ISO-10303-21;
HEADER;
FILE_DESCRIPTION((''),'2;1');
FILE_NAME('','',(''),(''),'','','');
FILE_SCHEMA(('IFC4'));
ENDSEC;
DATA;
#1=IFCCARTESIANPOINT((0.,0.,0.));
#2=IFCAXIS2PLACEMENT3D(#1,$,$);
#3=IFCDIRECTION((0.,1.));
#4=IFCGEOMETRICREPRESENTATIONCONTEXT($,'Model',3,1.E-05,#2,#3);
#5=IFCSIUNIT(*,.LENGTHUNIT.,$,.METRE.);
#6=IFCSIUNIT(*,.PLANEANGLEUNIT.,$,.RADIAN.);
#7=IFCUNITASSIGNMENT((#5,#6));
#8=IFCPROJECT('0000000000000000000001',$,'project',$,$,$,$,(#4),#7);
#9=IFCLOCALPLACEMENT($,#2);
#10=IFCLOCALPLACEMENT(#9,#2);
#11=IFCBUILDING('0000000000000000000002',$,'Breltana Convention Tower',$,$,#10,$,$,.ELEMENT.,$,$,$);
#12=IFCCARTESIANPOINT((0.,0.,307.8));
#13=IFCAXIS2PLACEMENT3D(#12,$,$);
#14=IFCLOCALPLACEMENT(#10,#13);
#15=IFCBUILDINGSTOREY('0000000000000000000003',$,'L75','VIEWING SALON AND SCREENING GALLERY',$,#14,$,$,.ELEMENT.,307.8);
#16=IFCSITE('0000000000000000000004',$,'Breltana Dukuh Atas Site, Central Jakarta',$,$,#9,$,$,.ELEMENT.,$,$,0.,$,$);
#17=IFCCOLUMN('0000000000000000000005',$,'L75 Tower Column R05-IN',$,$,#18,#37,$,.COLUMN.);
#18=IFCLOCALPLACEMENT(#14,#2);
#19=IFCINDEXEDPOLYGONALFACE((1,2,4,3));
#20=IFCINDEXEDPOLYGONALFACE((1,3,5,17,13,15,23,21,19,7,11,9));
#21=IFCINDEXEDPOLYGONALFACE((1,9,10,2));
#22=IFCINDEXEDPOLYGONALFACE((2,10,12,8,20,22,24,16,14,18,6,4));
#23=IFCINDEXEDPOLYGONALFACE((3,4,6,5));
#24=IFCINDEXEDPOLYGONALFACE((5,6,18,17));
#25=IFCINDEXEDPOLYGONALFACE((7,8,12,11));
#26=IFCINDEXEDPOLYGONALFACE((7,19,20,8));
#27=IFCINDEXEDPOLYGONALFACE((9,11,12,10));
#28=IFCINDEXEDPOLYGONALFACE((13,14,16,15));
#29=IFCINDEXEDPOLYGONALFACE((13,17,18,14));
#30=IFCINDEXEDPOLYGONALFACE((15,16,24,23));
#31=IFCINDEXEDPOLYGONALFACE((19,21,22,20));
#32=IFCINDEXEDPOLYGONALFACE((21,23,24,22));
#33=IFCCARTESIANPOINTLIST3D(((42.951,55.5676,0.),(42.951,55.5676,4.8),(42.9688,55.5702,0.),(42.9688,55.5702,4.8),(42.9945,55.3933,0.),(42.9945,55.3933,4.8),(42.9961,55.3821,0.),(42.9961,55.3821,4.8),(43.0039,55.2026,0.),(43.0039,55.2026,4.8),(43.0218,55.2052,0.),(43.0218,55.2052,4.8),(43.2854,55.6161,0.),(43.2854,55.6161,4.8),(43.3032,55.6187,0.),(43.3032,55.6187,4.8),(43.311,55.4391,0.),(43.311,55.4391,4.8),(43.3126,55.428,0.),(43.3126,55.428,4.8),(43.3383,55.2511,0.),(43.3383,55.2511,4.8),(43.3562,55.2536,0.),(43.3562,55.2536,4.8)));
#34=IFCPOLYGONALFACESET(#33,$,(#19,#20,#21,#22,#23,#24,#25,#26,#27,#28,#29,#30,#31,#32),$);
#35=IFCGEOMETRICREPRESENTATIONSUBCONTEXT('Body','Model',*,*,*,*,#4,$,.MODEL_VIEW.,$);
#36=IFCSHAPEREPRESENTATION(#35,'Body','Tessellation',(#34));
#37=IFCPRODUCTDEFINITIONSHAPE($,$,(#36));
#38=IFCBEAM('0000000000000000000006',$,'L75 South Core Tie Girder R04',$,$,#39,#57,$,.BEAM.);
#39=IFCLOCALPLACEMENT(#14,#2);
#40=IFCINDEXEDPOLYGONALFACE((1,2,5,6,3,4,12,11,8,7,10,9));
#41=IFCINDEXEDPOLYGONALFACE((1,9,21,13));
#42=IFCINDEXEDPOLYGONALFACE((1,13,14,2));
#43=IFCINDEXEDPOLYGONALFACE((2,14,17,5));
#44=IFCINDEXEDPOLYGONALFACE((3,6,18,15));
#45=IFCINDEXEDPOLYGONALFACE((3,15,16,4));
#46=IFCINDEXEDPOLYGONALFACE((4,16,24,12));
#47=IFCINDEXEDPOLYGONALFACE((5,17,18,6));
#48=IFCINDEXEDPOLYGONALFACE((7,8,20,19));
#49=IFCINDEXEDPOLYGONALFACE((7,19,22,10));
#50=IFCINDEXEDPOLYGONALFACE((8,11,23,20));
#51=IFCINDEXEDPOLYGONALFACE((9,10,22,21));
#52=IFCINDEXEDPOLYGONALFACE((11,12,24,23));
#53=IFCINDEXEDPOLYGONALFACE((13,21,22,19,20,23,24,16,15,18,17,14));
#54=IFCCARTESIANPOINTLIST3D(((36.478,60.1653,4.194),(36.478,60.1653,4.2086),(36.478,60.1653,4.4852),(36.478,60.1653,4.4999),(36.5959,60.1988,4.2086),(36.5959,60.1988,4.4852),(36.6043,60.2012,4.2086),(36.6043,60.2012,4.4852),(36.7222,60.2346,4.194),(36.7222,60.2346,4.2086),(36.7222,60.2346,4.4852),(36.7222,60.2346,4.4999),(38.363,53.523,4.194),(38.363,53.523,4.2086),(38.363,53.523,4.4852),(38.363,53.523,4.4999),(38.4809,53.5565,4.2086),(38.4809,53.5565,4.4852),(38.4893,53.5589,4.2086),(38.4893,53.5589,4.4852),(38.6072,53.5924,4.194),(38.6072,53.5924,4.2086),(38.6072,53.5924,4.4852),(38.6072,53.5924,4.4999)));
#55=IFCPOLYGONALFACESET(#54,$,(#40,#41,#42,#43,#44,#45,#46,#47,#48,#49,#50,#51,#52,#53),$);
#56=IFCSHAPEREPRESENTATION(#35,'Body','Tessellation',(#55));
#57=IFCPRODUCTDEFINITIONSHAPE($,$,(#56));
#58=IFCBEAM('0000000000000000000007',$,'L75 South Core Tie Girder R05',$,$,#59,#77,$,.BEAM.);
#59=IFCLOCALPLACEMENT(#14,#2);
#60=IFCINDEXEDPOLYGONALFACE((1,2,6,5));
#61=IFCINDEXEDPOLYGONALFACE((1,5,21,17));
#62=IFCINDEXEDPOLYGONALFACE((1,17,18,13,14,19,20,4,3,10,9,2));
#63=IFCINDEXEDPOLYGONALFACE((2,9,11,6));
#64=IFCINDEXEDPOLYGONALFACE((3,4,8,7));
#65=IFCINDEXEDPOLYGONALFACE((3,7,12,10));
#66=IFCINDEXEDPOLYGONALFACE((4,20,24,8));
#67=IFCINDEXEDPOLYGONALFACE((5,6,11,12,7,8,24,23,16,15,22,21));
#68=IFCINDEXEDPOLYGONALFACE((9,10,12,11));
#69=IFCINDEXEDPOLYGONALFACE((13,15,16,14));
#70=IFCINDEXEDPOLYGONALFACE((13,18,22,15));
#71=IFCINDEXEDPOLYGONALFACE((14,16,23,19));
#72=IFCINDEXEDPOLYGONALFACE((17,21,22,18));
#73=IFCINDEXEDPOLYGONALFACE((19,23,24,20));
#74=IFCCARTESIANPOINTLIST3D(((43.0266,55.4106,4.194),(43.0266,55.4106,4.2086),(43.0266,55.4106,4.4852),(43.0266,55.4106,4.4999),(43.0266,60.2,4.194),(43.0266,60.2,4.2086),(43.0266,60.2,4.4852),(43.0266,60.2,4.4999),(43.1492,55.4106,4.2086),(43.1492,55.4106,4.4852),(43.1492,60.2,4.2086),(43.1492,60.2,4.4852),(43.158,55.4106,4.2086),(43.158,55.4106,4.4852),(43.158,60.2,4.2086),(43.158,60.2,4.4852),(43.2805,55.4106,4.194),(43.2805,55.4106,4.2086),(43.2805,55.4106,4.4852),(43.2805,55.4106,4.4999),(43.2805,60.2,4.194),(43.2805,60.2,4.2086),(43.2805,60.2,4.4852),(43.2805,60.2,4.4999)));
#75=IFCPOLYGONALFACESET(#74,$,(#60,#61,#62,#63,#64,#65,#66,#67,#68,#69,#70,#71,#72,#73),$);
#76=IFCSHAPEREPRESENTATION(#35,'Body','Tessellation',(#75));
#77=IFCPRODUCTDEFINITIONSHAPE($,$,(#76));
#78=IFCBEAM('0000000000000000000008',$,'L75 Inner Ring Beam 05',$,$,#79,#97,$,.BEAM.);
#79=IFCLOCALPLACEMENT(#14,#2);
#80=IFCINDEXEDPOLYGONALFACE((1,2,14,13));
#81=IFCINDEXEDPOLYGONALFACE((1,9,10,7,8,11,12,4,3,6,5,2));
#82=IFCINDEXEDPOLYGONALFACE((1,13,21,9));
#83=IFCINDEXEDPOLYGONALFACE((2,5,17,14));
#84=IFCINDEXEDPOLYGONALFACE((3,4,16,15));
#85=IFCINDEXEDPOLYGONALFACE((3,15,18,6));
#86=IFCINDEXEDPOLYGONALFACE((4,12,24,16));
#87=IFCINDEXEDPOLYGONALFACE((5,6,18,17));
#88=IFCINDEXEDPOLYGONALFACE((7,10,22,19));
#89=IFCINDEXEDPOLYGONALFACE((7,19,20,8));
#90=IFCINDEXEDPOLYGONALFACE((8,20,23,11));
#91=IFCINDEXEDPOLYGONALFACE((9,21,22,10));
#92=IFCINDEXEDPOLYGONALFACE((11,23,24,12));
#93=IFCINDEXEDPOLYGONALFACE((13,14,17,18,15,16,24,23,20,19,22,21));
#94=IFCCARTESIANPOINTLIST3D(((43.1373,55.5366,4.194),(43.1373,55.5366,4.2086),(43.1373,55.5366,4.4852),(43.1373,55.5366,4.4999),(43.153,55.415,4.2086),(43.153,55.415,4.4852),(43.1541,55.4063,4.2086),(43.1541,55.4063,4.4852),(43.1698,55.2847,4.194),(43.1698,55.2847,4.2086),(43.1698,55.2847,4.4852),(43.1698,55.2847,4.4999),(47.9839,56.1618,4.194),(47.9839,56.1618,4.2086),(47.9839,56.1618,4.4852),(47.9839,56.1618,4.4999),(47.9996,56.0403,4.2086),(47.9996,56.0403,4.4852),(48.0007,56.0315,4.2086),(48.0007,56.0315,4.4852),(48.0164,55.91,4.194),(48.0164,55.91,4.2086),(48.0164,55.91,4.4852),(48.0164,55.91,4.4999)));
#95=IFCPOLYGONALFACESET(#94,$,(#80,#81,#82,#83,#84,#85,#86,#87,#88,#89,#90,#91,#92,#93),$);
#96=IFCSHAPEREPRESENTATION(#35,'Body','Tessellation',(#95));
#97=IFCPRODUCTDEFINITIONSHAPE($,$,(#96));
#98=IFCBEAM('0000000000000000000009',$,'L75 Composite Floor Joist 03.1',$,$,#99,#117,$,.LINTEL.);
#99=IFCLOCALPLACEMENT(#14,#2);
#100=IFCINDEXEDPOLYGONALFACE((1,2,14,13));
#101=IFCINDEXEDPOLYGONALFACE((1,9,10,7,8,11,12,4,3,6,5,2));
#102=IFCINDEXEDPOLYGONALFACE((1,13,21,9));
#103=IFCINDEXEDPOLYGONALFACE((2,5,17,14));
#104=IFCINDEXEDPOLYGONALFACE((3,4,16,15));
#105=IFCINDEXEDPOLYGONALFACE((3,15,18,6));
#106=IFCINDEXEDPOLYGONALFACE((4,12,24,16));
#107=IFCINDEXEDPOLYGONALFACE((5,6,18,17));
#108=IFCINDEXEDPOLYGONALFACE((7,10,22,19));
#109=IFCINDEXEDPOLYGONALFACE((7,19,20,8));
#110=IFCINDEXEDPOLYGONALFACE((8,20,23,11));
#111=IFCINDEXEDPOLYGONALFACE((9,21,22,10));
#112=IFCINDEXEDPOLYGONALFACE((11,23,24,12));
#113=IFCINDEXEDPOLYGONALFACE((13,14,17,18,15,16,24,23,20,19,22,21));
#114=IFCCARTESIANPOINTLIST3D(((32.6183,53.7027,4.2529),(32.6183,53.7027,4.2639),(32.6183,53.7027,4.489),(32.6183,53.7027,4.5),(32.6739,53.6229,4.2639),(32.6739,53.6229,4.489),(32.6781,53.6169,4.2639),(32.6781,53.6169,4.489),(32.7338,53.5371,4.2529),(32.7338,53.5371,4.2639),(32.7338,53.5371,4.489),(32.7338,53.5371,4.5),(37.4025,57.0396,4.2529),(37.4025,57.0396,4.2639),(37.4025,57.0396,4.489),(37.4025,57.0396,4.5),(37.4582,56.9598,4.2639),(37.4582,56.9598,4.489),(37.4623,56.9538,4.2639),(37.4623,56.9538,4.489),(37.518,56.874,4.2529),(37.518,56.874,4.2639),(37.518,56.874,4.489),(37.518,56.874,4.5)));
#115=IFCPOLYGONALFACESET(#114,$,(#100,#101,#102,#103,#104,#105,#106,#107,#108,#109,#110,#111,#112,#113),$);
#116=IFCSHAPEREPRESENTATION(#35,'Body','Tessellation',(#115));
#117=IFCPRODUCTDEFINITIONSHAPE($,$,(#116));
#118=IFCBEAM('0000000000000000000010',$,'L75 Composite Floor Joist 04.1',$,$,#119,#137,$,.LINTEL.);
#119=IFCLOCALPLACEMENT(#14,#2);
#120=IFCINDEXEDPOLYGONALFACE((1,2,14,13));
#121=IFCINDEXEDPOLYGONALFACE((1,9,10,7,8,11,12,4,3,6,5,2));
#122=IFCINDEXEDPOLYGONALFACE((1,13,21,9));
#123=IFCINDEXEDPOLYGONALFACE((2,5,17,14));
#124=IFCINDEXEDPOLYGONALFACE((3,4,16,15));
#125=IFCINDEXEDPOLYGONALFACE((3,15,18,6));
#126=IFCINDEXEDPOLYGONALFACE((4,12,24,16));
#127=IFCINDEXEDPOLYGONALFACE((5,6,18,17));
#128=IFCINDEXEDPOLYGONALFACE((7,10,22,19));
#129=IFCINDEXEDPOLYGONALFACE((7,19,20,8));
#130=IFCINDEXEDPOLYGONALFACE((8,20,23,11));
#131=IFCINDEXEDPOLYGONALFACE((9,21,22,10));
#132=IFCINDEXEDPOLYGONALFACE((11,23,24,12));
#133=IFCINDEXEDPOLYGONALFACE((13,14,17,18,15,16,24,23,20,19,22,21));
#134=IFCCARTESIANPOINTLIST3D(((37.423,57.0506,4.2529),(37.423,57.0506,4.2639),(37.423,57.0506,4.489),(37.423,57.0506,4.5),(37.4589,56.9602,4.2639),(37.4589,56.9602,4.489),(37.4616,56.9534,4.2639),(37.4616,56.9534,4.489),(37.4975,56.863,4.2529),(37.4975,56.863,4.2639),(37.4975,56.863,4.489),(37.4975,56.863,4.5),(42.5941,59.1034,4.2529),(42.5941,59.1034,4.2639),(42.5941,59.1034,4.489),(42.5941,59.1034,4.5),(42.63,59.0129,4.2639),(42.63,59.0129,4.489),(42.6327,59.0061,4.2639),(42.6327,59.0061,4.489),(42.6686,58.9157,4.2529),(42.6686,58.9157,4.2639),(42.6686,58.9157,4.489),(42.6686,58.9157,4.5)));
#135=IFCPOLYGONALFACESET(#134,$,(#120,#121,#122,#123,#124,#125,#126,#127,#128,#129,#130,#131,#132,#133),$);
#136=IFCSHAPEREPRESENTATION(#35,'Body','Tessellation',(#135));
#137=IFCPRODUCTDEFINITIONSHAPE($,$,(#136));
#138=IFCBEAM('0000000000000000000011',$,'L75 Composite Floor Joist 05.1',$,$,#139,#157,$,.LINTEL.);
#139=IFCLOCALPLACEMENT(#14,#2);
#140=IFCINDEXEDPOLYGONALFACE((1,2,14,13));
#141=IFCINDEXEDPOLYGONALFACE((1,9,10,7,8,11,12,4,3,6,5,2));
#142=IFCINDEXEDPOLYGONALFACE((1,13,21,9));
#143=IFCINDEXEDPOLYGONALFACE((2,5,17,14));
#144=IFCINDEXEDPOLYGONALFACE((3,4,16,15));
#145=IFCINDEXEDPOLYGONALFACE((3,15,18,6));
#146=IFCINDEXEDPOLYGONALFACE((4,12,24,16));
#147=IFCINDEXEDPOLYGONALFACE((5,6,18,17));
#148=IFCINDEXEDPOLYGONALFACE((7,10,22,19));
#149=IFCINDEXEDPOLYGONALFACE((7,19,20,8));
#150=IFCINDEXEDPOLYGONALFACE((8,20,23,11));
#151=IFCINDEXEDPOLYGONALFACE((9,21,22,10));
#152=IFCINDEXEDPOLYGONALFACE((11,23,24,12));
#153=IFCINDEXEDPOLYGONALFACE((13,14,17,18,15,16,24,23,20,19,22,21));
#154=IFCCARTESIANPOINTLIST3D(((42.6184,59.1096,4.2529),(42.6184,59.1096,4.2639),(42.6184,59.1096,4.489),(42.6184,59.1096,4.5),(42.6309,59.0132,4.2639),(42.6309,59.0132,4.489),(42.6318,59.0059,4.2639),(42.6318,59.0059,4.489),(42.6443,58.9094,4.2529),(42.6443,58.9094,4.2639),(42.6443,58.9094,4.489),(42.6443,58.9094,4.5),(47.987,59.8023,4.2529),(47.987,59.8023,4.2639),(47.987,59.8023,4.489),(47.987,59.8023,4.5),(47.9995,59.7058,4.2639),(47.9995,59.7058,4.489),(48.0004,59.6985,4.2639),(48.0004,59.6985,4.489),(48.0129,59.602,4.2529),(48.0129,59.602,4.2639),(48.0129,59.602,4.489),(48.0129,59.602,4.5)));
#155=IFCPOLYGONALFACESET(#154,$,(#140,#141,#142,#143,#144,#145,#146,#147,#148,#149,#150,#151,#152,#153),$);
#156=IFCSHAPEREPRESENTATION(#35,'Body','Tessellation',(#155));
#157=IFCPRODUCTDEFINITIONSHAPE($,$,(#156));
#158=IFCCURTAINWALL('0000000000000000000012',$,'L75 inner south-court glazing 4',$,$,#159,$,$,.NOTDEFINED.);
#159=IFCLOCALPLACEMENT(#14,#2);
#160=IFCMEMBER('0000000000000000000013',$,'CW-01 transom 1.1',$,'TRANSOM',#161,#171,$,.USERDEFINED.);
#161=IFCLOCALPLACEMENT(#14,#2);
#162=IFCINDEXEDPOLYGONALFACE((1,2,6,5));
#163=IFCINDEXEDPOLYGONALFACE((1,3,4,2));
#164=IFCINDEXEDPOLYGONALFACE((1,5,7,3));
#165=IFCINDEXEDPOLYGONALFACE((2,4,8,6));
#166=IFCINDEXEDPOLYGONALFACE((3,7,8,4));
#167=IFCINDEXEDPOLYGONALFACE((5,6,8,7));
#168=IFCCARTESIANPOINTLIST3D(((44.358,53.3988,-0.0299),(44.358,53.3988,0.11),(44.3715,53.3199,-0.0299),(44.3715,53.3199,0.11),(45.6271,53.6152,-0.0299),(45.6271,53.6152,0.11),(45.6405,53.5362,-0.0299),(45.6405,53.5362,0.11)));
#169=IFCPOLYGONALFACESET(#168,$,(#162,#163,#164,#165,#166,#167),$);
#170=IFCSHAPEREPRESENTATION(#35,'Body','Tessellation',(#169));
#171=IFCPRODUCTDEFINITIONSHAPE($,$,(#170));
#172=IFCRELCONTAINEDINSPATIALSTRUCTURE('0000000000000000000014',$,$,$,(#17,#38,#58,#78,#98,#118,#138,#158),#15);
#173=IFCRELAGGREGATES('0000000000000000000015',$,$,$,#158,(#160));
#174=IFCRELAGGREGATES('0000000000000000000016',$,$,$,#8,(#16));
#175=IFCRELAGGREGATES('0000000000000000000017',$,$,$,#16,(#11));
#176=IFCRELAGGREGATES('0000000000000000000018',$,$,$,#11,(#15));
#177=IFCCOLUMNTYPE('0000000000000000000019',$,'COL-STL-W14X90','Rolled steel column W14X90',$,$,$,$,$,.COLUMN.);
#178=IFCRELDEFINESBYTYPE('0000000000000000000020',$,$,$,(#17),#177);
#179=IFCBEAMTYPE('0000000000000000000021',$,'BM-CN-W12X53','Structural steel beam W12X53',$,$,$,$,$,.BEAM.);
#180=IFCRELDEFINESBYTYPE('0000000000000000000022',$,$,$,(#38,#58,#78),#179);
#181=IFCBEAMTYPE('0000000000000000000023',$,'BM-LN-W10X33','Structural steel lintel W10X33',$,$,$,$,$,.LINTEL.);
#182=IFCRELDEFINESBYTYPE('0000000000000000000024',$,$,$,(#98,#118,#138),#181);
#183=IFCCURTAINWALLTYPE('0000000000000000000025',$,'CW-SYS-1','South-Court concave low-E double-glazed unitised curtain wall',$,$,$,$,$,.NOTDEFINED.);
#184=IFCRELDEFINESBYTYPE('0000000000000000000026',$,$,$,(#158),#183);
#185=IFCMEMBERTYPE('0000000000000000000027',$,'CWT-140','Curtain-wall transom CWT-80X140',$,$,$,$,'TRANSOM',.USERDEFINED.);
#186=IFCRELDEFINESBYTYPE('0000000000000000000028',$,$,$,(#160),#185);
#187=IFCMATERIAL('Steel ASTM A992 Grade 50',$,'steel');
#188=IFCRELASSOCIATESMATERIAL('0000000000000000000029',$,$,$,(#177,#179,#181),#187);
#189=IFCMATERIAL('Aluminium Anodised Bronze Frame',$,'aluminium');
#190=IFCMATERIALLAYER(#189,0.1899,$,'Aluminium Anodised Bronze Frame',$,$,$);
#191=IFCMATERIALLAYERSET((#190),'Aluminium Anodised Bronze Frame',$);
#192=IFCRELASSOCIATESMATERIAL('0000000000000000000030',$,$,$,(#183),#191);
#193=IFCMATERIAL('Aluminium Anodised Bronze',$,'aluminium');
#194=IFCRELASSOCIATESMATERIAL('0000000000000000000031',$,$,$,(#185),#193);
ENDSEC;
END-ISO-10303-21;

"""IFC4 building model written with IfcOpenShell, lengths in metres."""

from ifc_helpers import new_model, si_unit, direction, frame, origin, origin_2d, place, context, subcontext, project, spatial, rectangle, i_section, extrude, source, transform, mapped, material, layer, layer_set, material_profile, profile_set, type_object, type_shapes, element, aggregate, save


model = new_model("IFC4")

# Units and contexts
model_context = context("Model", 3, precision=1e-05, world=origin(), true_north=direction((0.0, 1.0)))
body_context = subcontext(model_context, "Body", "Model", "MODEL_VIEW")
ifc_project = project(units=[si_unit("LENGTHUNIT", "METRE"), si_unit("PLANEANGLEUNIT", "RADIAN")], contexts=[model_context])

# Site, building, storey
site_placement = place(None, origin())
site = spatial("IfcSite", under=ifc_project, at=site_placement, Name="Breltana Dukuh Atas Site, Central Jakarta", CompositionType="ELEMENT", RefElevation=0.0)
building_placement = place(site_placement, origin())
building = spatial("IfcBuilding", under=site, at=building_placement, Name="Breltana Convention Tower", CompositionType="ELEMENT")
storey_placement = place(building_placement, frame((0.0, 0.0, 307.8)))
storey = spatial("IfcBuildingStorey", under=building, at=storey_placement, Name="L75", Description="VIEWING SALON AND SCREENING GALLERY", CompositionType="ELEMENT", Elevation=307.8)

# Column
ifc_material_1 = material(Name="Steel ASTM A992 Grade 50", Category="steel")
ifc_material_profile_1 = material_profile(ifc_material_1, i_section(OverallWidth=0.3689, OverallDepth=0.356, WebThickness=0.0112, FlangeThickness=0.0181, at=origin_2d()), Name="W14X90")
ifc_profile_set_1 = profile_set([ifc_material_profile_1], Name="Steel ASTM A992 Grade 50")
column_type = type_object("IfcColumnType", Name="COL-STL-W14X90", Description="Rolled steel column W14X90", PredefinedType="COLUMN", material=ifc_profile_set_1)
shared_shape_1 = source(origin(), body_context, "Body", "SweptSolid", [
    extrude(i_section(OverallWidth=0.3689, OverallDepth=0.356, WebThickness=0.0112, FlangeThickness=0.0181, at=origin_2d()), origin(), (0.0, 0.0, 1.0), 4.8),
])
type_shapes(column_type, [shared_shape_1])
column_placement = place(storey_placement, frame((43.1536, 55.4106, 0.0), z_axis=(0.0, 0.0, 1.0), x_axis=(-0.143493, 0.989651, 0.0)))
element("IfcColumn", 1, at=column_placement, inside=storey, type_object=column_type, Name="L75 Tower Column R05-IN", PredefinedType="COLUMN", context=body_context, shape_type="MappedRepresentation", body=[
    mapped(shared_shape_1, transform((0.0, 0.0, 0.0), scale=1.0)),
])

# Beams
ifc_material_profile_2 = material_profile(ifc_material_1, i_section(OverallWidth=0.2539, OverallDepth=0.3059, WebThickness=0.0088, FlangeThickness=0.0146, at=origin_2d()), Name="W12X53")
ifc_profile_set_2 = profile_set([ifc_material_profile_2], Name="Steel ASTM A992 Grade 50")
beam_type_1 = type_object("IfcBeamType", Name="BM-CN-W12X53", Description="Structural steel beam W12X53", PredefinedType="BEAM", material=ifc_profile_set_2)
shared_shape_2 = source(origin(), body_context, "Body", "SweptSolid", [
    extrude(i_section(OverallWidth=0.2539, OverallDepth=0.3059, WebThickness=0.0088, FlangeThickness=0.0146, at=origin_2d()), origin(), (0.0, 0.0, 1.0), 6.9045),
])
beam_1_placement = place(storey_placement, frame((36.6001, 60.2, 4.3469), z_axis=(0.273007, -0.962012, 0.0), x_axis=(0.962012, 0.273007, 0.0)))
element("IfcBeam", 2, at=beam_1_placement, inside=storey, type_object=beam_type_1, Name="L75 South Core Tie Girder R04", PredefinedType="BEAM", context=body_context, shape_type="MappedRepresentation", body=[
    mapped(shared_shape_2, transform((0.0, 0.0, 0.0), scale=1.0)),
])
shared_shape_3 = source(origin(), body_context, "Body", "SweptSolid", [
    extrude(i_section(OverallWidth=0.2539, OverallDepth=0.3059, WebThickness=0.0088, FlangeThickness=0.0146, at=origin_2d()), origin(), (0.0, 0.0, 1.0), 4.7893),
])
beam_2_placement = place(storey_placement, frame((43.1536, 60.2, 4.3469), z_axis=(0.0, -1.0, 0.0), x_axis=(1.0, 0.0, 0.0)))
element("IfcBeam", 3, at=beam_2_placement, inside=storey, type_object=beam_type_1, Name="L75 South Core Tie Girder R05", PredefinedType="BEAM", context=body_context, shape_type="MappedRepresentation", body=[
    mapped(shared_shape_3, transform((0.0, 0.0, 0.0), scale=1.0)),
])
shared_shape_4 = source(origin(), body_context, "Body", "SweptSolid", [
    extrude(i_section(OverallWidth=0.2539, OverallDepth=0.3059, WebThickness=0.0088, FlangeThickness=0.0146, at=origin_2d()), origin(), (0.0, 0.0, 1.0), 4.8867),
])
beam_3_placement = place(storey_placement, frame((43.1536, 55.4106, 4.3469), z_axis=(0.991781, 0.127951, 0.0), x_axis=(-0.127951, 0.991781, 0.0)))
element("IfcBeam", 4, at=beam_3_placement, inside=storey, type_object=beam_type_1, Name="L75 Inner Ring Beam 05", PredefinedType="BEAM", context=body_context, shape_type="MappedRepresentation", body=[
    mapped(shared_shape_4, transform((0.0, 0.0, 0.0), scale=1.0)),
])
ifc_material_profile_3 = material_profile(ifc_material_1, i_section(OverallWidth=0.2019, OverallDepth=0.2471, WebThickness=0.0073, FlangeThickness=0.011, at=origin_2d()), Name="W10X33")
ifc_profile_set_3 = profile_set([ifc_material_profile_3], Name="Steel ASTM A992 Grade 50")
beam_type_2 = type_object("IfcBeamType", Name="BM-LN-W10X33", Description="Structural steel lintel W10X33", PredefinedType="LINTEL", material=ifc_profile_set_3)
shared_shape_5 = source(origin(), body_context, "Body", "SweptSolid", [
    extrude(i_section(OverallWidth=0.2019, OverallDepth=0.2471, WebThickness=0.0073, FlangeThickness=0.011, at=origin_2d()), origin(), (0.0, 0.0, 1.0), 5.833),
])
type_shapes(beam_type_2, [shared_shape_5])
beam_4_placement = place(storey_placement, frame((32.676, 53.6199, 4.3765), z_axis=(0.820198, 0.572079, 0.0), x_axis=(-0.572079, 0.820198, 0.0)))
element("IfcBeam", 5, at=beam_4_placement, inside=storey, type_object=beam_type_2, Name="L75 Composite Floor Joist 03.1", PredefinedType="LINTEL", context=body_context, shape_type="MappedRepresentation", body=[
    mapped(shared_shape_5, transform((0.0, 0.0, 0.0), scale=1.0)),
])
shared_shape_6 = source(origin(), body_context, "Body", "SweptSolid", [
    extrude(i_section(OverallWidth=0.2019, OverallDepth=0.2471, WebThickness=0.0073, FlangeThickness=0.011, at=origin_2d()), origin(), (0.0, 0.0, 1.0), 5.5637),
])
beam_5_placement = place(storey_placement, frame((37.4602, 56.9568, 4.3765), z_axis=(0.929448, 0.368953, 0.0), x_axis=(-0.368953, 0.929448, 0.0)))
element("IfcBeam", 6, at=beam_5_placement, inside=storey, type_object=beam_type_2, Name="L75 Composite Floor Joist 04.1", PredefinedType="LINTEL", context=body_context, shape_type="MappedRepresentation", body=[
    mapped(shared_shape_6, transform((0.0, 0.0, 0.0), scale=1.0)),
])
shared_shape_7 = source(origin(), body_context, "Body", "SweptSolid", [
    extrude(i_section(OverallWidth=0.2019, OverallDepth=0.2471, WebThickness=0.0073, FlangeThickness=0.011, at=origin_2d()), origin(), (0.0, 0.0, 1.0), 5.4131),
])
beam_6_placement = place(storey_placement, frame((42.6313, 59.0095, 4.3765), z_axis=(0.99178, 0.127953, 0.0), x_axis=(-0.127953, 0.99178, 0.0)))
element("IfcBeam", 7, at=beam_6_placement, inside=storey, type_object=beam_type_2, Name="L75 Composite Floor Joist 05.1", PredefinedType="LINTEL", context=body_context, shape_type="MappedRepresentation", body=[
    mapped(shared_shape_7, transform((0.0, 0.0, 0.0), scale=1.0)),
])

# Curtain wall, member
ifc_material_2 = material(Name="Aluminium Anodised Bronze Frame", Category="aluminium")
ifc_layer_1 = layer(ifc_material_2, 0.1899, Name="Aluminium Anodised Bronze Frame")
ifc_layer_set_1 = layer_set([ifc_layer_1], Name="Aluminium Anodised Bronze Frame")
curtain_wall_type = type_object("IfcCurtainWallType", Name="CW-SYS-1", Description="South-Court concave low-E double-glazed unitised curtain wall", PredefinedType="NOTDEFINED", material=ifc_layer_set_1)
curtain_wall_placement = place(storey_placement, origin())
curtain_wall = element("IfcCurtainWall", 8, at=curtain_wall_placement, inside=storey, type_object=curtain_wall_type, Name="L75 inner south-court glazing 4", PredefinedType="NOTDEFINED")
ifc_material_3 = material(Name="Aluminium Anodised Bronze", Category="aluminium")
ifc_material_profile_4 = material_profile(ifc_material_3, rectangle(XDim=0.0801, YDim=0.1399, at=origin_2d()), Name="CWT-80X140")
ifc_profile_set_4 = profile_set([ifc_material_profile_4], Name="Aluminium Anodised Bronze")
member_type_1 = type_object("IfcMemberType", Name="CWT-140", Description="Curtain-wall transom CWT-80X140", ElementType="TRANSOM", PredefinedType="USERDEFINED", material=ifc_profile_set_4)
shared_shape_8 = source(origin(), body_context, "Body", "SweptSolid", [
    extrude(rectangle(XDim=0.0801, YDim=0.1399, at=origin_2d()), origin(), (0.0, 0.0, 1.0), 1.2874),
])
member_1_placement = place(storey_placement, frame((45.6338, 53.5757, 0.04), z_axis=(-0.985782, -0.168027, 0.0), x_axis=(0.168027, -0.985782, 0.0)))
member_1 = element("IfcMember", 9, at=member_1_placement, type_object=member_type_1, Name="CW-01 transom 1.1", ObjectType="TRANSOM", PredefinedType="USERDEFINED", context=body_context, shape_type="MappedRepresentation", body=[
    mapped(shared_shape_8, transform((0.0, 0.0, 0.0), scale=1.0)),
])
aggregate(curtain_wall, [member_1])

save(model, "model.ifc")
